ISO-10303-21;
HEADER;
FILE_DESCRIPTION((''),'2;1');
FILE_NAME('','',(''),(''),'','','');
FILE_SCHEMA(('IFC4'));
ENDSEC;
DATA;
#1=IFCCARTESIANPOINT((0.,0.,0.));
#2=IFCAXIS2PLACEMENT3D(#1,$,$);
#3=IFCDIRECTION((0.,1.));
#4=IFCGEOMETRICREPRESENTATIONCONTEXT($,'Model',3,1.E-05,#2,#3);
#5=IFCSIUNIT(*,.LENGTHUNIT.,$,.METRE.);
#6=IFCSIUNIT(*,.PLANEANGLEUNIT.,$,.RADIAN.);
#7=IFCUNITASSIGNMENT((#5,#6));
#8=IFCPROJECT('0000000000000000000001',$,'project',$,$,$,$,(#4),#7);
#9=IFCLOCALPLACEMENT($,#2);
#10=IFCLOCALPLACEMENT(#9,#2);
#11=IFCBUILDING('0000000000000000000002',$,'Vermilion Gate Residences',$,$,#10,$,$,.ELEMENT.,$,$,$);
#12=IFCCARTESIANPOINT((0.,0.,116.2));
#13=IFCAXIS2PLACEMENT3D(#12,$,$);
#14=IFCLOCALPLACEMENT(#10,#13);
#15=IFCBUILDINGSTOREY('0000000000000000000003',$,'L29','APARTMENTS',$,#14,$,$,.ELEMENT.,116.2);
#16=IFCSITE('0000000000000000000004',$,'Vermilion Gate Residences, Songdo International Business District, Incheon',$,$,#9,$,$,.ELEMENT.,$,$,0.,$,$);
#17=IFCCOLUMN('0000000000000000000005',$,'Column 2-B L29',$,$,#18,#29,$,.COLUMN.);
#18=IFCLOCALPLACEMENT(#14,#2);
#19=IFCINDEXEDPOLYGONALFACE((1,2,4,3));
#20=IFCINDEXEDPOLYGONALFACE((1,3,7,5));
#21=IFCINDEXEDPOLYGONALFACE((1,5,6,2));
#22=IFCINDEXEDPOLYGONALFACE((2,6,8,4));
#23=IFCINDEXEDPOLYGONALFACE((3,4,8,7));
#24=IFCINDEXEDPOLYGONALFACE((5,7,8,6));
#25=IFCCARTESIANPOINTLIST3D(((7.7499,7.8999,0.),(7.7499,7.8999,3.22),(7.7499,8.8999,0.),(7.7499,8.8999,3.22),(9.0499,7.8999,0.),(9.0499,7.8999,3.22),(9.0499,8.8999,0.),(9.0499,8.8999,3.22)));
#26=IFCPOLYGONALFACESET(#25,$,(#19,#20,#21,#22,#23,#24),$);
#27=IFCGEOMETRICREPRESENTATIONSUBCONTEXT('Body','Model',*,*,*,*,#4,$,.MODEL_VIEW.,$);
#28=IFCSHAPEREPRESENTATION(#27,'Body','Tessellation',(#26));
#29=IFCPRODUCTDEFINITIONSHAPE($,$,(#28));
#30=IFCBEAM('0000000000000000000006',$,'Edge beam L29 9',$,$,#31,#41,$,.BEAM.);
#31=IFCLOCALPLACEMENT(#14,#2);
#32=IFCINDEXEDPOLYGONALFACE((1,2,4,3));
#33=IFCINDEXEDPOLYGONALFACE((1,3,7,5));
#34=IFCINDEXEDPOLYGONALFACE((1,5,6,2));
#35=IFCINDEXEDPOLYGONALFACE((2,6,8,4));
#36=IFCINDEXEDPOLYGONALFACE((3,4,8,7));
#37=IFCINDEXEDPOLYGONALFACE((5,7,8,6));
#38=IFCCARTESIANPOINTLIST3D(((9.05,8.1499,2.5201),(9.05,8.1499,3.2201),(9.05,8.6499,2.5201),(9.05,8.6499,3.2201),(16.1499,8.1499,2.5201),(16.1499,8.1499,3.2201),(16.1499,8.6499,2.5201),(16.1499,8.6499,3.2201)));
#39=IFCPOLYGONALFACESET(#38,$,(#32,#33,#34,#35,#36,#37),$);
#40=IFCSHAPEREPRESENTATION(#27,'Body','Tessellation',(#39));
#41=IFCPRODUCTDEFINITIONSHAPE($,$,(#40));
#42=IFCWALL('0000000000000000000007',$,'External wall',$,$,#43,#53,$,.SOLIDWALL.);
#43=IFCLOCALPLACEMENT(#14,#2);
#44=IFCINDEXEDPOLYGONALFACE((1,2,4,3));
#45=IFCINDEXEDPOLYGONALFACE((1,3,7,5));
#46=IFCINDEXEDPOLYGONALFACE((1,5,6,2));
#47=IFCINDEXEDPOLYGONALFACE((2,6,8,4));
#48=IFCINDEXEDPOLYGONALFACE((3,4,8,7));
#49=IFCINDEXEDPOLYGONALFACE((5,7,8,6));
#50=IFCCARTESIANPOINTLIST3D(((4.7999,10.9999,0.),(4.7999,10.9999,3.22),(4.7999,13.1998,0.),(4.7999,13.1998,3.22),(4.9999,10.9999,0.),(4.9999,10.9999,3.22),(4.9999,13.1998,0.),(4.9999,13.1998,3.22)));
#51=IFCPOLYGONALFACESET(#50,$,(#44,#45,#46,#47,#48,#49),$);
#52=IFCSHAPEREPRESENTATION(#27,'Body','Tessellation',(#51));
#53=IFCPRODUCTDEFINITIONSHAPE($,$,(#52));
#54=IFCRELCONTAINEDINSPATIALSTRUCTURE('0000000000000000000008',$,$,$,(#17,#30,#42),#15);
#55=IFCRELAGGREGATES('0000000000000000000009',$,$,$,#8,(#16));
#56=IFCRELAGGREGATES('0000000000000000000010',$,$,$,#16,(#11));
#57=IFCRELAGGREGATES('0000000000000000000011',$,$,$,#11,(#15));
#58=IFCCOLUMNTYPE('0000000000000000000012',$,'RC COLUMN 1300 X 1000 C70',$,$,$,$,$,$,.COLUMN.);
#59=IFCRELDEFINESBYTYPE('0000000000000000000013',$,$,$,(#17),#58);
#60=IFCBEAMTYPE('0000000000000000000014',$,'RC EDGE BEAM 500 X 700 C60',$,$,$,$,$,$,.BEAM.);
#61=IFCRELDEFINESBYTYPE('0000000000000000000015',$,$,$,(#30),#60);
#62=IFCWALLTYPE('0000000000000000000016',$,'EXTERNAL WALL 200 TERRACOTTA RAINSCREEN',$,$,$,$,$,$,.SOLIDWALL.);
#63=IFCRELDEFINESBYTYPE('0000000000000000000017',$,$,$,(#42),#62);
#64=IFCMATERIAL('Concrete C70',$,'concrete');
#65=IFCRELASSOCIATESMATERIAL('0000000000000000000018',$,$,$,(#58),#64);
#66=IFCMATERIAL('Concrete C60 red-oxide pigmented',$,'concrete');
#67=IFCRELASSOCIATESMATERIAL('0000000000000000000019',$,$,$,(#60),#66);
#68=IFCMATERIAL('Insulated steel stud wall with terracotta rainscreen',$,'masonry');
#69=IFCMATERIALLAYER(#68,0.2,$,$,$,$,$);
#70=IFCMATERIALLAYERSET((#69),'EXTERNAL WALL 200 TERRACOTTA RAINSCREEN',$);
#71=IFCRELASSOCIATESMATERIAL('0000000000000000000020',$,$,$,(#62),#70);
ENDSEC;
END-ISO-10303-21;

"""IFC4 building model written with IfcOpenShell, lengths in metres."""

from ifc_helpers import new_model, si_unit, direction, frame, frame_2d, origin, origin_2d, place, context, subcontext, project, spatial, rectangle, extrude, material, layer, layer_set, material_profile, profile_set, type_object, element, save


model = new_model("IFC4")

# Units and contexts
model_context = context("Model", 3, precision=1e-05, world=origin(), true_north=direction((0.0, 1.0)))
body_context = subcontext(model_context, "Body", "Model", "MODEL_VIEW")
ifc_project = project(units=[si_unit("LENGTHUNIT", "METRE"), si_unit("PLANEANGLEUNIT", "RADIAN")], contexts=[model_context])

# Site, building, storey
site_placement = place(None, origin())
site = spatial("IfcSite", under=ifc_project, at=site_placement, Name="Vermilion Gate Residences, Songdo International Business District, Incheon", CompositionType="ELEMENT", RefElevation=0.0)
building_placement = place(site_placement, origin())
building = spatial("IfcBuilding", under=site, at=building_placement, Name="Vermilion Gate Residences", CompositionType="ELEMENT")
storey_placement = place(building_placement, frame((0.0, 0.0, 116.2)))
storey = spatial("IfcBuildingStorey", under=building, at=storey_placement, Name="L29", Description="APARTMENTS", CompositionType="ELEMENT", Elevation=116.2)

# Column
ifc_material_1 = material(Name="Concrete C70", Category="concrete")
ifc_material_profile_1 = material_profile(ifc_material_1, rectangle(XDim=1.3, YDim=1.0, at=origin_2d()), Name="RC-1300x1000")
ifc_profile_set_1 = profile_set([ifc_material_profile_1], Name="Concrete C70")
column_type = type_object("IfcColumnType", Name="RC COLUMN 1300 X 1000 C70", PredefinedType="COLUMN", material=ifc_profile_set_1)
column_placement = place(storey_placement, frame((8.3999, 8.3999, 0.0), z_axis=(0.0, 0.0, 1.0), x_axis=(1.0, 0.0, 0.0)))
element("IfcColumn", 1, at=column_placement, inside=storey, type_object=column_type, Name="Column 2-B L29", PredefinedType="COLUMN", context=body_context, shape_type="SweptSolid", body=[
    extrude(rectangle(XDim=1.3, YDim=1.0, at=origin_2d()), origin(), (0.0, 0.0, 1.0), 3.22),
])

# Beam
ifc_material_2 = material(Name="Concrete C60 red-oxide pigmented", Category="concrete")
ifc_material_profile_2 = material_profile(ifc_material_2, rectangle(XDim=0.5, YDim=0.7, at=origin_2d()), Name="RC-500x700")
ifc_profile_set_2 = profile_set([ifc_material_profile_2], Name="Concrete C60 red-oxide pigmented")
beam_type = type_object("IfcBeamType", Name="RC EDGE BEAM 500 X 700 C60", PredefinedType="BEAM", material=ifc_profile_set_2)
beam_placement = place(storey_placement, frame((9.05, 8.3999, 2.8701), z_axis=(1.0, 0.0, 0.0), x_axis=(0.0, 1.0, 0.0)))
element("IfcBeam", 2, at=beam_placement, inside=storey, type_object=beam_type, Name="Edge beam L29 9", PredefinedType="BEAM", context=body_context, shape_type="SweptSolid", body=[
    extrude(rectangle(XDim=0.5, YDim=0.7, at=origin_2d()), origin(), (0.0, 0.0, 1.0), 7.0999),
])

# Wall
ifc_material_3 = material(Name="Insulated steel stud wall with terracotta rainscreen", Category="masonry")
ifc_layer_1 = layer(ifc_material_3, 0.2)
ifc_layer_set_1 = layer_set([ifc_layer_1], Name="EXTERNAL WALL 200 TERRACOTTA RAINSCREEN")
wall_type_1 = type_object("IfcWallType", Name="EXTERNAL WALL 200 TERRACOTTA RAINSCREEN", PredefinedType="SOLIDWALL", material=ifc_layer_set_1)
wall_1_placement = place(storey_placement, frame((4.8999, 13.2, 0.0), z_axis=(0.0, 0.0, 1.0), x_axis=(0.0, -1.0, 0.0)))
element("IfcWall", 3, at=wall_1_placement, inside=storey, type_object=wall_type_1, Name="External wall", PredefinedType="SOLIDWALL", context=body_context, shape_type="SweptSolid", body=[
    extrude(rectangle(XDim=2.2, YDim=0.2, at=frame_2d((1.1001, 0.0))), origin(), (0.0, 0.0, 1.0), 3.22),
])

save(model, "model.ifc")
